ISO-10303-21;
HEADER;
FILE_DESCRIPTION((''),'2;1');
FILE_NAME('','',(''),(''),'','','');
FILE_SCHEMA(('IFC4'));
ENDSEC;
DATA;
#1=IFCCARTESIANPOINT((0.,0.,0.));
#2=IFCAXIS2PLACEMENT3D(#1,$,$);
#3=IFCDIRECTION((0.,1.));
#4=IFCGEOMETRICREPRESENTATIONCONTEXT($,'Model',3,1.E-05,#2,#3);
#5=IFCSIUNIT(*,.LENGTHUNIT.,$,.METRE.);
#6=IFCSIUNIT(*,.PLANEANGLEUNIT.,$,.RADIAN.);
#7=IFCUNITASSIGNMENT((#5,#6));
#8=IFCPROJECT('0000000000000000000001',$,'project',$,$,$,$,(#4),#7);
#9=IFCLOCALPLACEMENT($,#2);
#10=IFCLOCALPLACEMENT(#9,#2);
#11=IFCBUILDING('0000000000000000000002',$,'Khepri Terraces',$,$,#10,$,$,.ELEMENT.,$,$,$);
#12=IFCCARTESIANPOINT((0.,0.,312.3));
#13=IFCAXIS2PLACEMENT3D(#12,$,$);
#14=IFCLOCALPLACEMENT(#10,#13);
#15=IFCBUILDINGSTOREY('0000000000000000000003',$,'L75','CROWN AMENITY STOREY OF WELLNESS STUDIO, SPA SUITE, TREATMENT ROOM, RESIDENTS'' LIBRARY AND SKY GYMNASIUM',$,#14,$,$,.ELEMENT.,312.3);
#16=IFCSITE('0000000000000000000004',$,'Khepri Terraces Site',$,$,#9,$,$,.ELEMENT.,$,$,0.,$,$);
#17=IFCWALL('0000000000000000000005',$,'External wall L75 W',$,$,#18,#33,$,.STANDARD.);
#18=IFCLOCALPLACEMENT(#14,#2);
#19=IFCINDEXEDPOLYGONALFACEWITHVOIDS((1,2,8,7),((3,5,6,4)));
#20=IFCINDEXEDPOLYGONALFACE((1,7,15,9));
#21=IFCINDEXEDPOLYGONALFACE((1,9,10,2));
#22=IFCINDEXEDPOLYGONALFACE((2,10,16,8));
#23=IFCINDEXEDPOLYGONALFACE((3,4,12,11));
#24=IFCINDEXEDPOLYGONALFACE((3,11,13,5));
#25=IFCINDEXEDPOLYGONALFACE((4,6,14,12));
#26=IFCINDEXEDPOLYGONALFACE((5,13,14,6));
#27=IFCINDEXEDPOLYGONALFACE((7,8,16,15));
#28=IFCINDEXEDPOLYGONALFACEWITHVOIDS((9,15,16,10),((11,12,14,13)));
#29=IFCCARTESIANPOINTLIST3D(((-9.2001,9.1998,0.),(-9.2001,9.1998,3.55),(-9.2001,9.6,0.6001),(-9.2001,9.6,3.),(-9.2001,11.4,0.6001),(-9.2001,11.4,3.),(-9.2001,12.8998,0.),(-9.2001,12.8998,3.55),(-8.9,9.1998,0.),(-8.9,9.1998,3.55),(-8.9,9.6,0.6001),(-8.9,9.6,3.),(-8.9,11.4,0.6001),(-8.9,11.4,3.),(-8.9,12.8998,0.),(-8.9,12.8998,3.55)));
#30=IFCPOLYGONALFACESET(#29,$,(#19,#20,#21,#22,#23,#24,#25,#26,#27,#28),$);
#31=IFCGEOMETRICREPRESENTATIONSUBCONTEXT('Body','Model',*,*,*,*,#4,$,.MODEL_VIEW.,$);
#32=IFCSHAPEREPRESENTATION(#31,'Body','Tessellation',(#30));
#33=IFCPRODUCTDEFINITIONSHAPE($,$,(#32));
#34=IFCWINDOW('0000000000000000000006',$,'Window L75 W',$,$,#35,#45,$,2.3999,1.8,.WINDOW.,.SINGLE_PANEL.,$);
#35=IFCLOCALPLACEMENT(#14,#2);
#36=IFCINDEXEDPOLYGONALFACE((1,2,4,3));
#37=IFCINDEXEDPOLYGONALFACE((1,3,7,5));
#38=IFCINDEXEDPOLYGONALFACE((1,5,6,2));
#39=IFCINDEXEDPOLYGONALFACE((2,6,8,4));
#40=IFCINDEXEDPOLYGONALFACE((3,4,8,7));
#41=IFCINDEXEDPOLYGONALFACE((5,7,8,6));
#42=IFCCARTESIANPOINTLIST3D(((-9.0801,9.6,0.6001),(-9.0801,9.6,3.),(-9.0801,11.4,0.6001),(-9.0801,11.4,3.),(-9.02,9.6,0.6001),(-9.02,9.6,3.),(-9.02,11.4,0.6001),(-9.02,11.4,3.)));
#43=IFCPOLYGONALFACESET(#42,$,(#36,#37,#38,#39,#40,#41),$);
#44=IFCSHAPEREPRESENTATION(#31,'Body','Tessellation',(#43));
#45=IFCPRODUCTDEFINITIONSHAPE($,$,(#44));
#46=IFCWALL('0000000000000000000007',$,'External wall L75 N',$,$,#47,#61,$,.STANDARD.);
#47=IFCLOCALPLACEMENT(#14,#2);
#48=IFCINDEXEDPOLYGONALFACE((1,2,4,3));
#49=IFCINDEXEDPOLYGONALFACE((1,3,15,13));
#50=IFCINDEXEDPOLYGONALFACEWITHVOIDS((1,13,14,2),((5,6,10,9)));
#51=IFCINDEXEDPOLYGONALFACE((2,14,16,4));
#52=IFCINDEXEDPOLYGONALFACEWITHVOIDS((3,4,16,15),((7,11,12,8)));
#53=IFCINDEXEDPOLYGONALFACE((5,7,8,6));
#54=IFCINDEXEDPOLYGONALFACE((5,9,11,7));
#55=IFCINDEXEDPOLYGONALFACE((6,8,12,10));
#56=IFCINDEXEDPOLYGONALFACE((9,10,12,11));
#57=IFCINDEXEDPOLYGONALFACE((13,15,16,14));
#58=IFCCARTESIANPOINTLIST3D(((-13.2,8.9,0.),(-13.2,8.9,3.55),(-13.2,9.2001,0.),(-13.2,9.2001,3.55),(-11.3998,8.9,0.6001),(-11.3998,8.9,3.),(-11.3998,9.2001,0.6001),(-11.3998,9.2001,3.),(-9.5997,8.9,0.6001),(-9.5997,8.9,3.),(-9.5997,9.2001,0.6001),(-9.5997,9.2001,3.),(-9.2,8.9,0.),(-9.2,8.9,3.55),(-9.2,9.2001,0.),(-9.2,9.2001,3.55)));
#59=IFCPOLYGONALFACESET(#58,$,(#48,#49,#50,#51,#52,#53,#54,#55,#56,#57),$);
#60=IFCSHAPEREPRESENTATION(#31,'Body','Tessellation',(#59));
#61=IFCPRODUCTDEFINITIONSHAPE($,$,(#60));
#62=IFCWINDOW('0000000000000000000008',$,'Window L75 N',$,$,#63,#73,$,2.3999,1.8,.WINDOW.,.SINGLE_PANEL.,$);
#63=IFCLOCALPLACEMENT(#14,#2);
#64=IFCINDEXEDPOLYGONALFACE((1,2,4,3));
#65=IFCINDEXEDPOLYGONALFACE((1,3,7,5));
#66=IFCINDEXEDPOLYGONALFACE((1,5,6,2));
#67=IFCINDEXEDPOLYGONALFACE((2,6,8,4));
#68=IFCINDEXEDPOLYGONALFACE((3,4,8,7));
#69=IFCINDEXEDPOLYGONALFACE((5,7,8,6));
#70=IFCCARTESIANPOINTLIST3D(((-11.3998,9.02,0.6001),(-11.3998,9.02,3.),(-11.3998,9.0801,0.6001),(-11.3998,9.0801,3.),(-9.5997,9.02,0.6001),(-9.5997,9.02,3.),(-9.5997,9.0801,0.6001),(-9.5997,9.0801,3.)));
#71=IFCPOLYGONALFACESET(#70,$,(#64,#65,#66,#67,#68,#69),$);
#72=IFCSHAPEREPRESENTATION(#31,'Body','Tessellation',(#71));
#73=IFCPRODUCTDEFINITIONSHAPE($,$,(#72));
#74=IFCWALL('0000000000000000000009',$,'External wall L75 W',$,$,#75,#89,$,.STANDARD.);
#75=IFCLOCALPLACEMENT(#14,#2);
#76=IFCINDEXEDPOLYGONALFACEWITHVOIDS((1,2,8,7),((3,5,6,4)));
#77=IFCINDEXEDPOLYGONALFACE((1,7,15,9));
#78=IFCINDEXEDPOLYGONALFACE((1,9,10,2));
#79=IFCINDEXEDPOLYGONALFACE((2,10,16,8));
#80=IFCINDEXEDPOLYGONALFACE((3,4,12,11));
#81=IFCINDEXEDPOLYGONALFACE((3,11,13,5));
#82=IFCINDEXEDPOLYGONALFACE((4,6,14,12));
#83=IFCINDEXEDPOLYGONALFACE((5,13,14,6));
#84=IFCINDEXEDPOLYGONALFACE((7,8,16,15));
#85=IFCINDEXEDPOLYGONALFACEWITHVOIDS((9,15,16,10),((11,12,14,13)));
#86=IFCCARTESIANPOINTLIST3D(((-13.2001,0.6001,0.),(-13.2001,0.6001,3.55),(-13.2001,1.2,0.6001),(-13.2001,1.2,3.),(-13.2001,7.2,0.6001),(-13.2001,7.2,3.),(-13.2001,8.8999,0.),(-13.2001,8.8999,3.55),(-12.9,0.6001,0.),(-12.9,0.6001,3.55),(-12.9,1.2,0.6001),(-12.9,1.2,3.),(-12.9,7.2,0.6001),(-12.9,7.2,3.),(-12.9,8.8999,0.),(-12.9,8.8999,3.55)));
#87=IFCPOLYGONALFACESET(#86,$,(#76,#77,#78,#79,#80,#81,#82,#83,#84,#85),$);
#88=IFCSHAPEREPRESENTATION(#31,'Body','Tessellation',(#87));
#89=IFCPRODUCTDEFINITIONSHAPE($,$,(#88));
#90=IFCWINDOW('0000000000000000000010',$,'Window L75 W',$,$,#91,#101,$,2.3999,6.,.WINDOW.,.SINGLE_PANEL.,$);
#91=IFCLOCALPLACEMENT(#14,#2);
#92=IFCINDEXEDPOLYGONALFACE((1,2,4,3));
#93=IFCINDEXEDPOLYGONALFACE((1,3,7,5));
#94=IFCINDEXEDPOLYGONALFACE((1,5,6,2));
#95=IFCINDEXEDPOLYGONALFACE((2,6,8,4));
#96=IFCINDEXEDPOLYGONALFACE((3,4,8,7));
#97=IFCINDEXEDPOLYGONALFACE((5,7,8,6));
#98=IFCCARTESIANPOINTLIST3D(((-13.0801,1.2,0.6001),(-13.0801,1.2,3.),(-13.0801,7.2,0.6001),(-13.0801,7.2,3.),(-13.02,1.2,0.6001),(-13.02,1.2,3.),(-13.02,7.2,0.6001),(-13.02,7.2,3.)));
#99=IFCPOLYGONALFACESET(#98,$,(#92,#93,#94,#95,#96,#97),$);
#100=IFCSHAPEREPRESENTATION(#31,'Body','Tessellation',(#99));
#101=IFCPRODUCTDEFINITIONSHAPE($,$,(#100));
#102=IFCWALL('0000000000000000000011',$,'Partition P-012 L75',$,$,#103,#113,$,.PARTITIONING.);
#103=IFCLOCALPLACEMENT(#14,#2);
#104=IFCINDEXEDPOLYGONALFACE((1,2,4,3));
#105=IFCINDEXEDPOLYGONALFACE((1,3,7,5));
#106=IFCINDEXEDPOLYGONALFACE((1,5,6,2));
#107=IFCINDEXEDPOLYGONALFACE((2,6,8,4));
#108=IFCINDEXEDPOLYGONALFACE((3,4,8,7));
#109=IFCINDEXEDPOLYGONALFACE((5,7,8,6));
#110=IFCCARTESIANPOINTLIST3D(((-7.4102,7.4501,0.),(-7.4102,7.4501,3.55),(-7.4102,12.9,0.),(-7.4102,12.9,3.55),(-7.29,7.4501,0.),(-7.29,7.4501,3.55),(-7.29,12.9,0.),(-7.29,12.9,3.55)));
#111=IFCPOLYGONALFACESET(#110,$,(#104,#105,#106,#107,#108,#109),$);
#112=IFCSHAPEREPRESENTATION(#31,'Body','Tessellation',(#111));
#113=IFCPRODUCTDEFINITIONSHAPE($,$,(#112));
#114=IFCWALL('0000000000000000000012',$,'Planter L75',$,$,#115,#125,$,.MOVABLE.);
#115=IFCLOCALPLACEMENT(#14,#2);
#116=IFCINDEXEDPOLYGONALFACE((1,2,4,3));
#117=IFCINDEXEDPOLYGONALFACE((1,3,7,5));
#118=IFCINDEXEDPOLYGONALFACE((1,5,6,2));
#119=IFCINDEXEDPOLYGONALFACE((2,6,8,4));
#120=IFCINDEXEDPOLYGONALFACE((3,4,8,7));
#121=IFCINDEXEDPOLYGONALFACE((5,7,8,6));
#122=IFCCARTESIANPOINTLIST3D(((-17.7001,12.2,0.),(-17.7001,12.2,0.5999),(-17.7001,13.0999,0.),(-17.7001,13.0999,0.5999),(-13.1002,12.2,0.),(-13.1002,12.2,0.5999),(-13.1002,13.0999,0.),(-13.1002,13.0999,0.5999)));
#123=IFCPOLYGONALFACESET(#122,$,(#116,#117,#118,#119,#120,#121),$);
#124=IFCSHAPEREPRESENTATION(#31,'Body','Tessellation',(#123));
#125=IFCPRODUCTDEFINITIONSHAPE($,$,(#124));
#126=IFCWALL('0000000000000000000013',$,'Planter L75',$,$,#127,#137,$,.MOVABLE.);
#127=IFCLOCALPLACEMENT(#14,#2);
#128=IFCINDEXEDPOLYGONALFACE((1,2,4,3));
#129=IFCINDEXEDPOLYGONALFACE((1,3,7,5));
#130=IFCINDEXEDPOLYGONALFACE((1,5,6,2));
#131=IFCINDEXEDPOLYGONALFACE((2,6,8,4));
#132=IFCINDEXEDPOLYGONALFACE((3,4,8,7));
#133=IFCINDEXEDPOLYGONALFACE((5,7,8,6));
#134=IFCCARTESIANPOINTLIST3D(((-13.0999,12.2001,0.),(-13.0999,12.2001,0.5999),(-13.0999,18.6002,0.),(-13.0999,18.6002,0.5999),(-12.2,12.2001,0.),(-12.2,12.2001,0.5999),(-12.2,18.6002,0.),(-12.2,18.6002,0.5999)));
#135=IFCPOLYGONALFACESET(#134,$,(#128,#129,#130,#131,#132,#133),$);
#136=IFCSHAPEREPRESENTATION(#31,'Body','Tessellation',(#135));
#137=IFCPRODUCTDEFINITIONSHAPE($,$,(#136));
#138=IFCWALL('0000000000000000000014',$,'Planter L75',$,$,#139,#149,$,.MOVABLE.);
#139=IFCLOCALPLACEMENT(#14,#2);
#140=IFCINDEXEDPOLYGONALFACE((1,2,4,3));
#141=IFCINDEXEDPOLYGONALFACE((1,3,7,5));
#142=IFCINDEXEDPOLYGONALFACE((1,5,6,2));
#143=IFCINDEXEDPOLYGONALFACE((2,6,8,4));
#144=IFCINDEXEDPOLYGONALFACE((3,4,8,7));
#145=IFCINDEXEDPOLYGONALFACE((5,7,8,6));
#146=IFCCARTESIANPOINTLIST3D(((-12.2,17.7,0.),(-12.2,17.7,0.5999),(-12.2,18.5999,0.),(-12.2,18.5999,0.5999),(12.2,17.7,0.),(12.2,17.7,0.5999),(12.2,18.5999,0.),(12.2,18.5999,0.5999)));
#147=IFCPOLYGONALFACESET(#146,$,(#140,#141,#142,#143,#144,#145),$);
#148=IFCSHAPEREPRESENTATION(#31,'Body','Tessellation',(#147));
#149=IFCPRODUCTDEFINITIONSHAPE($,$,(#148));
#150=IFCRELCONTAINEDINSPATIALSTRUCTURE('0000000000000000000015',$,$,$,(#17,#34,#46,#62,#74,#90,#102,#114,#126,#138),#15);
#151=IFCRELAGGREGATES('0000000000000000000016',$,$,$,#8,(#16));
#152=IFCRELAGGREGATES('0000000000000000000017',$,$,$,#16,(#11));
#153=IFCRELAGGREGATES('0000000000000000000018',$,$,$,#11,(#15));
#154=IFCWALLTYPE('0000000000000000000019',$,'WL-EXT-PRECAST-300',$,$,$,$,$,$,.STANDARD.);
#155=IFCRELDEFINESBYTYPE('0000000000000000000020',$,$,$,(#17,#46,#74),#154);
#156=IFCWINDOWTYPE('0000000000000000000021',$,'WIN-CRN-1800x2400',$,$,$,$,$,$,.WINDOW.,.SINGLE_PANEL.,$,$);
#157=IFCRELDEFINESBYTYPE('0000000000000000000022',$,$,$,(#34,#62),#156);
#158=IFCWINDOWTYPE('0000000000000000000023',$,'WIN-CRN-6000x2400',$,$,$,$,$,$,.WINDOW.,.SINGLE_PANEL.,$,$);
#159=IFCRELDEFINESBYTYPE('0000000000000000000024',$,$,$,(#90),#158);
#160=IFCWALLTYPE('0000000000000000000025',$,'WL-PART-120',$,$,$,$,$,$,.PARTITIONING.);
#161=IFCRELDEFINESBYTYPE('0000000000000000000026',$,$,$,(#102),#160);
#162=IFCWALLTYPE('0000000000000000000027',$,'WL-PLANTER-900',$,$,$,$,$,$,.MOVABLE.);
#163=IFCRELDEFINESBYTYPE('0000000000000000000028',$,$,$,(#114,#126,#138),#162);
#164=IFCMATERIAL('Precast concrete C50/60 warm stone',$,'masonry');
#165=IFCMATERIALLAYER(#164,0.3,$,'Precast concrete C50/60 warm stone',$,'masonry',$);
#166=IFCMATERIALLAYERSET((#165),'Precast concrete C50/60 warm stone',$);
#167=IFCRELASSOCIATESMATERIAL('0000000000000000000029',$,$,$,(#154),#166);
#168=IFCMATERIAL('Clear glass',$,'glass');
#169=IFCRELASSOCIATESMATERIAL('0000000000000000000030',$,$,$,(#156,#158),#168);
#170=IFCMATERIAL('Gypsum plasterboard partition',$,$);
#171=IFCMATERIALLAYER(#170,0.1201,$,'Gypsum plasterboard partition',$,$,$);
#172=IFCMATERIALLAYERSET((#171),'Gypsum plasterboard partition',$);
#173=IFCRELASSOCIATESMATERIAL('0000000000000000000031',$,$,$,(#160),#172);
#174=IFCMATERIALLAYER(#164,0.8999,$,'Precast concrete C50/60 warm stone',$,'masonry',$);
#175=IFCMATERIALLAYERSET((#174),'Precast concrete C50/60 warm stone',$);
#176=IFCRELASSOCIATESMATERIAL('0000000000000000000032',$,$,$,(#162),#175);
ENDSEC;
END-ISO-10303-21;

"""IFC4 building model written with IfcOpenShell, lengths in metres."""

from ifc_helpers import new_model, si_unit, direction, frame, frame_2d, origin, place, context, subcontext, project, spatial, rectangle, extrude, material, layer, layer_set, type_object, element, fill, save


model = new_model("IFC4")

# Units and contexts
model_context = context("Model", 3, precision=1e-05, world=origin(), true_north=direction((0.0, 1.0)))
body_context = subcontext(model_context, "Body", "Model", "MODEL_VIEW")
ifc_project = project(units=[si_unit("LENGTHUNIT", "METRE"), si_unit("PLANEANGLEUNIT", "RADIAN")], contexts=[model_context])

# Site, building, storey
site_placement = place(None, origin())
site = spatial("IfcSite", under=ifc_project, at=site_placement, Name="Khepri Terraces Site", CompositionType="ELEMENT", RefElevation=0.0)
building_placement = place(site_placement, origin())
building = spatial("IfcBuilding", under=site, at=building_placement, Name="Khepri Terraces", CompositionType="ELEMENT")
storey_placement = place(building_placement, frame((0.0, 0.0, 312.3)))
storey = spatial("IfcBuildingStorey", under=building, at=storey_placement, Name="L75", Description="CROWN AMENITY STOREY OF WELLNESS STUDIO, SPA SUITE, TREATMENT ROOM, RESIDENTS' LIBRARY AND SKY GYMNASIUM", CompositionType="ELEMENT", Elevation=312.3)

# Walls, openings, windows
ifc_material_1 = material(Name="Precast concrete C50/60 warm stone", Category="masonry")
ifc_layer_1 = layer(ifc_material_1, 0.3, Name="Precast concrete C50/60 warm stone", Category="masonry")
ifc_layer_set_1 = layer_set([ifc_layer_1], Name="Precast concrete C50/60 warm stone")
wall_type_1 = type_object("IfcWallType", Name="WL-EXT-PRECAST-300", PredefinedType="STANDARD", material=ifc_layer_set_1)
wall_1_placement = place(storey_placement, frame((-9.05, 12.8999, 0.0), z_axis=(0.0, 0.0, 1.0), x_axis=(0.0, -1.0, 0.0)))
wall_1 = element("IfcWall", 1, at=wall_1_placement, inside=storey, type_object=wall_type_1, Name="External wall L75 W", PredefinedType="STANDARD", context=body_context, shape_type="SweptSolid", body=[
    extrude(rectangle(XDim=3.7, YDim=0.3, at=frame_2d((1.8501, 0.0))), origin(), (0.0, 0.0, 1.0), 3.55),
])
opening_1_placement = place(wall_1_placement, frame((1.5, 0.0, 0.6001)))
opening_1 = element("IfcOpeningElement", 2, at=opening_1_placement, cuts=wall_1, PredefinedType="OPENING", context=body_context, shape_type="SweptSolid", body=[
    extrude(rectangle(XDim=1.8, YDim=2.3999, at=frame_2d((0.8999, 1.2))), frame((0.0, 0.1602, 0.0), z_axis=(0.0, -1.0, 0.0), x_axis=(1.0, 0.0, 0.0)), (0.0, 0.0, 1.0), 0.3201),
])
ifc_material_2 = material(Name="Clear glass", Category="glass")
window_type_1 = type_object("IfcWindowType", Name="WIN-CRN-1800x2400", PartitioningType="SINGLE_PANEL", PredefinedType="WINDOW", material=ifc_material_2)
window_1_placement = place(opening_1_placement, origin())
window_1 = element("IfcWindow", 3, at=window_1_placement, inside=storey, type_object=window_type_1, Name="Window L75 W", OverallHeight=2.3999, OverallWidth=1.8, PartitioningType="SINGLE_PANEL", PredefinedType="WINDOW", context=body_context, shape_type="SweptSolid", body=[
    extrude(rectangle(XDim=1.8, YDim=2.3999, at=frame_2d((0.8999, 1.2))), frame((0.0, 0.03, 0.0), z_axis=(0.0, -1.0, 0.0), x_axis=(1.0, 0.0, 0.0)), (0.0, 0.0, 1.0), 0.0601),
])
fill(opening_1, window_1)
wall_2_placement = place(storey_placement, frame((-9.2, 9.05, 0.0), z_axis=(0.0, 0.0, 1.0), x_axis=(-1.0, 0.0, 0.0)))
wall_2 = element("IfcWall", 4, at=wall_2_placement, inside=storey, type_object=wall_type_1, Name="External wall L75 N", PredefinedType="STANDARD", context=body_context, shape_type="SweptSolid", body=[
    extrude(rectangle(XDim=4.0, YDim=0.3, at=frame_2d((2.0, 0.0))), origin(), (0.0, 0.0, 1.0), 3.55),
])
opening_2_placement = place(wall_2_placement, frame((0.3999, 0.0, 0.6001)))
opening_2 = element("IfcOpeningElement", 5, at=opening_2_placement, cuts=wall_2, PredefinedType="OPENING", context=body_context, shape_type="SweptSolid", body=[
    extrude(rectangle(XDim=1.8, YDim=2.3999, at=frame_2d((0.8999, 1.2))), frame((0.0, 0.1602, 0.0), z_axis=(0.0, -1.0, 0.0), x_axis=(1.0, 0.0, 0.0)), (0.0, 0.0, 1.0), 0.3201),
])
window_2_placement = place(opening_2_placement, origin())
window_2 = element("IfcWindow", 6, at=window_2_placement, inside=storey, type_object=window_type_1, Name="Window L75 N", OverallHeight=2.3999, OverallWidth=1.8, PartitioningType="SINGLE_PANEL", PredefinedType="WINDOW", context=body_context, shape_type="SweptSolid", body=[
    extrude(rectangle(XDim=1.8, YDim=2.3999, at=frame_2d((0.8999, 1.2))), frame((0.0, 0.03, 0.0), z_axis=(0.0, -1.0, 0.0), x_axis=(1.0, 0.0, 0.0)), (0.0, 0.0, 1.0), 0.0601),
])
fill(opening_2, window_2)
wall_3_placement = place(storey_placement, frame((-13.05, 8.8999, 0.0), z_axis=(0.0, 0.0, 1.0), x_axis=(0.0, -1.0, 0.0)))
wall_3 = element("IfcWall", 7, at=wall_3_placement, inside=storey, type_object=wall_type_1, Name="External wall L75 W", PredefinedType="STANDARD", context=body_context, shape_type="SweptSolid", body=[
    extrude(rectangle(XDim=8.2998, YDim=0.3, at=frame_2d((4.1499, 0.0))), origin(), (0.0, 0.0, 1.0), 3.55),
])
opening_3_placement = place(wall_3_placement, frame((1.7, 0.0, 0.6001)))
opening_3 = element("IfcOpeningElement", 8, at=opening_3_placement, cuts=wall_3, PredefinedType="OPENING", context=body_context, shape_type="SweptSolid", body=[
    extrude(rectangle(XDim=6.0, YDim=2.3999, at=frame_2d((3.0, 1.2))), frame((0.0, 0.1602, 0.0), z_axis=(0.0, -1.0, 0.0), x_axis=(1.0, 0.0, 0.0)), (0.0, 0.0, 1.0), 0.3201),
])
window_type_2 = type_object("IfcWindowType", Name="WIN-CRN-6000x2400", PartitioningType="SINGLE_PANEL", PredefinedType="WINDOW", material=ifc_material_2)
window_3_placement = place(opening_3_placement, origin())
window_3 = element("IfcWindow", 9, at=window_3_placement, inside=storey, type_object=window_type_2, Name="Window L75 W", OverallHeight=2.3999, OverallWidth=6.0, PartitioningType="SINGLE_PANEL", PredefinedType="WINDOW", context=body_context, shape_type="SweptSolid", body=[
    extrude(rectangle(XDim=6.0, YDim=2.3999, at=frame_2d((3.0, 1.2))), frame((0.0, 0.03, 0.0), z_axis=(0.0, -1.0, 0.0), x_axis=(1.0, 0.0, 0.0)), (0.0, 0.0, 1.0), 0.0601),
])
fill(opening_3, window_3)

# Walls
ifc_material_3 = material(Name="Gypsum plasterboard partition")
ifc_layer_2 = layer(ifc_material_3, 0.1201, Name="Gypsum plasterboard partition")
ifc_layer_set_2 = layer_set([ifc_layer_2], Name="Gypsum plasterboard partition")
wall_type_2 = type_object("IfcWallType", Name="WL-PART-120", PredefinedType="PARTITIONING", material=ifc_layer_set_2)
wall_4_placement = place(storey_placement, frame((-7.3501, 7.45, 0.0), z_axis=(0.0, 0.0, 1.0), x_axis=(0.0, 1.0, 0.0)))
element("IfcWall", 10, at=wall_4_placement, inside=storey, type_object=wall_type_2, Name="Partition P-012 L75", PredefinedType="PARTITIONING", context=body_context, shape_type="SweptSolid", body=[
    extrude(rectangle(XDim=5.45, YDim=0.1201, at=frame_2d((2.7251, 0.0))), origin(), (0.0, 0.0, 1.0), 3.55),
])
ifc_layer_3 = layer(ifc_material_1, 0.8999, Name="Precast concrete C50/60 warm stone", Category="masonry")
ifc_layer_set_3 = layer_set([ifc_layer_3], Name="Precast concrete C50/60 warm stone")
wall_type_3 = type_object("IfcWallType", Name="WL-PLANTER-900", PredefinedType="MOVABLE", material=ifc_layer_set_3)
wall_5_placement = place(storey_placement, frame((-17.7, 12.6499, 0.0), z_axis=(0.0, 0.0, 1.0), x_axis=(1.0, 0.0, 0.0)))
element("IfcWall", 11, at=wall_5_placement, inside=storey, type_object=wall_type_3, Name="Planter L75", PredefinedType="MOVABLE", context=body_context, shape_type="SweptSolid", body=[
    extrude(rectangle(XDim=4.5999, YDim=0.8999, at=frame_2d((2.2998, 0.0))), origin(), (0.0, 0.0, 1.0), 0.5999),
])
wall_6_placement = place(storey_placement, frame((-12.6499, 12.2, 0.0), z_axis=(0.0, 0.0, 1.0), x_axis=(0.0, 1.0, 0.0)))
element("IfcWall", 12, at=wall_6_placement, inside=storey, type_object=wall_type_3, Name="Planter L75", PredefinedType="MOVABLE", context=body_context, shape_type="SweptSolid", body=[
    extrude(rectangle(XDim=6.4001, YDim=0.8999, at=frame_2d((3.2002, 0.0))), origin(), (0.0, 0.0, 1.0), 0.5999),
])
wall_7_placement = place(storey_placement, frame((-12.2, 18.1499, 0.0), z_axis=(0.0, 0.0, 1.0), x_axis=(1.0, 0.0, 0.0)))
element("IfcWall", 13, at=wall_7_placement, inside=storey, type_object=wall_type_3, Name="Planter L75", PredefinedType="MOVABLE", context=body_context, shape_type="SweptSolid", body=[
    extrude(rectangle(XDim=24.3999, YDim=0.8999, at=frame_2d((12.2, 0.0))), origin(), (0.0, 0.0, 1.0), 0.5999),
])

save(model, "model.ifc")
